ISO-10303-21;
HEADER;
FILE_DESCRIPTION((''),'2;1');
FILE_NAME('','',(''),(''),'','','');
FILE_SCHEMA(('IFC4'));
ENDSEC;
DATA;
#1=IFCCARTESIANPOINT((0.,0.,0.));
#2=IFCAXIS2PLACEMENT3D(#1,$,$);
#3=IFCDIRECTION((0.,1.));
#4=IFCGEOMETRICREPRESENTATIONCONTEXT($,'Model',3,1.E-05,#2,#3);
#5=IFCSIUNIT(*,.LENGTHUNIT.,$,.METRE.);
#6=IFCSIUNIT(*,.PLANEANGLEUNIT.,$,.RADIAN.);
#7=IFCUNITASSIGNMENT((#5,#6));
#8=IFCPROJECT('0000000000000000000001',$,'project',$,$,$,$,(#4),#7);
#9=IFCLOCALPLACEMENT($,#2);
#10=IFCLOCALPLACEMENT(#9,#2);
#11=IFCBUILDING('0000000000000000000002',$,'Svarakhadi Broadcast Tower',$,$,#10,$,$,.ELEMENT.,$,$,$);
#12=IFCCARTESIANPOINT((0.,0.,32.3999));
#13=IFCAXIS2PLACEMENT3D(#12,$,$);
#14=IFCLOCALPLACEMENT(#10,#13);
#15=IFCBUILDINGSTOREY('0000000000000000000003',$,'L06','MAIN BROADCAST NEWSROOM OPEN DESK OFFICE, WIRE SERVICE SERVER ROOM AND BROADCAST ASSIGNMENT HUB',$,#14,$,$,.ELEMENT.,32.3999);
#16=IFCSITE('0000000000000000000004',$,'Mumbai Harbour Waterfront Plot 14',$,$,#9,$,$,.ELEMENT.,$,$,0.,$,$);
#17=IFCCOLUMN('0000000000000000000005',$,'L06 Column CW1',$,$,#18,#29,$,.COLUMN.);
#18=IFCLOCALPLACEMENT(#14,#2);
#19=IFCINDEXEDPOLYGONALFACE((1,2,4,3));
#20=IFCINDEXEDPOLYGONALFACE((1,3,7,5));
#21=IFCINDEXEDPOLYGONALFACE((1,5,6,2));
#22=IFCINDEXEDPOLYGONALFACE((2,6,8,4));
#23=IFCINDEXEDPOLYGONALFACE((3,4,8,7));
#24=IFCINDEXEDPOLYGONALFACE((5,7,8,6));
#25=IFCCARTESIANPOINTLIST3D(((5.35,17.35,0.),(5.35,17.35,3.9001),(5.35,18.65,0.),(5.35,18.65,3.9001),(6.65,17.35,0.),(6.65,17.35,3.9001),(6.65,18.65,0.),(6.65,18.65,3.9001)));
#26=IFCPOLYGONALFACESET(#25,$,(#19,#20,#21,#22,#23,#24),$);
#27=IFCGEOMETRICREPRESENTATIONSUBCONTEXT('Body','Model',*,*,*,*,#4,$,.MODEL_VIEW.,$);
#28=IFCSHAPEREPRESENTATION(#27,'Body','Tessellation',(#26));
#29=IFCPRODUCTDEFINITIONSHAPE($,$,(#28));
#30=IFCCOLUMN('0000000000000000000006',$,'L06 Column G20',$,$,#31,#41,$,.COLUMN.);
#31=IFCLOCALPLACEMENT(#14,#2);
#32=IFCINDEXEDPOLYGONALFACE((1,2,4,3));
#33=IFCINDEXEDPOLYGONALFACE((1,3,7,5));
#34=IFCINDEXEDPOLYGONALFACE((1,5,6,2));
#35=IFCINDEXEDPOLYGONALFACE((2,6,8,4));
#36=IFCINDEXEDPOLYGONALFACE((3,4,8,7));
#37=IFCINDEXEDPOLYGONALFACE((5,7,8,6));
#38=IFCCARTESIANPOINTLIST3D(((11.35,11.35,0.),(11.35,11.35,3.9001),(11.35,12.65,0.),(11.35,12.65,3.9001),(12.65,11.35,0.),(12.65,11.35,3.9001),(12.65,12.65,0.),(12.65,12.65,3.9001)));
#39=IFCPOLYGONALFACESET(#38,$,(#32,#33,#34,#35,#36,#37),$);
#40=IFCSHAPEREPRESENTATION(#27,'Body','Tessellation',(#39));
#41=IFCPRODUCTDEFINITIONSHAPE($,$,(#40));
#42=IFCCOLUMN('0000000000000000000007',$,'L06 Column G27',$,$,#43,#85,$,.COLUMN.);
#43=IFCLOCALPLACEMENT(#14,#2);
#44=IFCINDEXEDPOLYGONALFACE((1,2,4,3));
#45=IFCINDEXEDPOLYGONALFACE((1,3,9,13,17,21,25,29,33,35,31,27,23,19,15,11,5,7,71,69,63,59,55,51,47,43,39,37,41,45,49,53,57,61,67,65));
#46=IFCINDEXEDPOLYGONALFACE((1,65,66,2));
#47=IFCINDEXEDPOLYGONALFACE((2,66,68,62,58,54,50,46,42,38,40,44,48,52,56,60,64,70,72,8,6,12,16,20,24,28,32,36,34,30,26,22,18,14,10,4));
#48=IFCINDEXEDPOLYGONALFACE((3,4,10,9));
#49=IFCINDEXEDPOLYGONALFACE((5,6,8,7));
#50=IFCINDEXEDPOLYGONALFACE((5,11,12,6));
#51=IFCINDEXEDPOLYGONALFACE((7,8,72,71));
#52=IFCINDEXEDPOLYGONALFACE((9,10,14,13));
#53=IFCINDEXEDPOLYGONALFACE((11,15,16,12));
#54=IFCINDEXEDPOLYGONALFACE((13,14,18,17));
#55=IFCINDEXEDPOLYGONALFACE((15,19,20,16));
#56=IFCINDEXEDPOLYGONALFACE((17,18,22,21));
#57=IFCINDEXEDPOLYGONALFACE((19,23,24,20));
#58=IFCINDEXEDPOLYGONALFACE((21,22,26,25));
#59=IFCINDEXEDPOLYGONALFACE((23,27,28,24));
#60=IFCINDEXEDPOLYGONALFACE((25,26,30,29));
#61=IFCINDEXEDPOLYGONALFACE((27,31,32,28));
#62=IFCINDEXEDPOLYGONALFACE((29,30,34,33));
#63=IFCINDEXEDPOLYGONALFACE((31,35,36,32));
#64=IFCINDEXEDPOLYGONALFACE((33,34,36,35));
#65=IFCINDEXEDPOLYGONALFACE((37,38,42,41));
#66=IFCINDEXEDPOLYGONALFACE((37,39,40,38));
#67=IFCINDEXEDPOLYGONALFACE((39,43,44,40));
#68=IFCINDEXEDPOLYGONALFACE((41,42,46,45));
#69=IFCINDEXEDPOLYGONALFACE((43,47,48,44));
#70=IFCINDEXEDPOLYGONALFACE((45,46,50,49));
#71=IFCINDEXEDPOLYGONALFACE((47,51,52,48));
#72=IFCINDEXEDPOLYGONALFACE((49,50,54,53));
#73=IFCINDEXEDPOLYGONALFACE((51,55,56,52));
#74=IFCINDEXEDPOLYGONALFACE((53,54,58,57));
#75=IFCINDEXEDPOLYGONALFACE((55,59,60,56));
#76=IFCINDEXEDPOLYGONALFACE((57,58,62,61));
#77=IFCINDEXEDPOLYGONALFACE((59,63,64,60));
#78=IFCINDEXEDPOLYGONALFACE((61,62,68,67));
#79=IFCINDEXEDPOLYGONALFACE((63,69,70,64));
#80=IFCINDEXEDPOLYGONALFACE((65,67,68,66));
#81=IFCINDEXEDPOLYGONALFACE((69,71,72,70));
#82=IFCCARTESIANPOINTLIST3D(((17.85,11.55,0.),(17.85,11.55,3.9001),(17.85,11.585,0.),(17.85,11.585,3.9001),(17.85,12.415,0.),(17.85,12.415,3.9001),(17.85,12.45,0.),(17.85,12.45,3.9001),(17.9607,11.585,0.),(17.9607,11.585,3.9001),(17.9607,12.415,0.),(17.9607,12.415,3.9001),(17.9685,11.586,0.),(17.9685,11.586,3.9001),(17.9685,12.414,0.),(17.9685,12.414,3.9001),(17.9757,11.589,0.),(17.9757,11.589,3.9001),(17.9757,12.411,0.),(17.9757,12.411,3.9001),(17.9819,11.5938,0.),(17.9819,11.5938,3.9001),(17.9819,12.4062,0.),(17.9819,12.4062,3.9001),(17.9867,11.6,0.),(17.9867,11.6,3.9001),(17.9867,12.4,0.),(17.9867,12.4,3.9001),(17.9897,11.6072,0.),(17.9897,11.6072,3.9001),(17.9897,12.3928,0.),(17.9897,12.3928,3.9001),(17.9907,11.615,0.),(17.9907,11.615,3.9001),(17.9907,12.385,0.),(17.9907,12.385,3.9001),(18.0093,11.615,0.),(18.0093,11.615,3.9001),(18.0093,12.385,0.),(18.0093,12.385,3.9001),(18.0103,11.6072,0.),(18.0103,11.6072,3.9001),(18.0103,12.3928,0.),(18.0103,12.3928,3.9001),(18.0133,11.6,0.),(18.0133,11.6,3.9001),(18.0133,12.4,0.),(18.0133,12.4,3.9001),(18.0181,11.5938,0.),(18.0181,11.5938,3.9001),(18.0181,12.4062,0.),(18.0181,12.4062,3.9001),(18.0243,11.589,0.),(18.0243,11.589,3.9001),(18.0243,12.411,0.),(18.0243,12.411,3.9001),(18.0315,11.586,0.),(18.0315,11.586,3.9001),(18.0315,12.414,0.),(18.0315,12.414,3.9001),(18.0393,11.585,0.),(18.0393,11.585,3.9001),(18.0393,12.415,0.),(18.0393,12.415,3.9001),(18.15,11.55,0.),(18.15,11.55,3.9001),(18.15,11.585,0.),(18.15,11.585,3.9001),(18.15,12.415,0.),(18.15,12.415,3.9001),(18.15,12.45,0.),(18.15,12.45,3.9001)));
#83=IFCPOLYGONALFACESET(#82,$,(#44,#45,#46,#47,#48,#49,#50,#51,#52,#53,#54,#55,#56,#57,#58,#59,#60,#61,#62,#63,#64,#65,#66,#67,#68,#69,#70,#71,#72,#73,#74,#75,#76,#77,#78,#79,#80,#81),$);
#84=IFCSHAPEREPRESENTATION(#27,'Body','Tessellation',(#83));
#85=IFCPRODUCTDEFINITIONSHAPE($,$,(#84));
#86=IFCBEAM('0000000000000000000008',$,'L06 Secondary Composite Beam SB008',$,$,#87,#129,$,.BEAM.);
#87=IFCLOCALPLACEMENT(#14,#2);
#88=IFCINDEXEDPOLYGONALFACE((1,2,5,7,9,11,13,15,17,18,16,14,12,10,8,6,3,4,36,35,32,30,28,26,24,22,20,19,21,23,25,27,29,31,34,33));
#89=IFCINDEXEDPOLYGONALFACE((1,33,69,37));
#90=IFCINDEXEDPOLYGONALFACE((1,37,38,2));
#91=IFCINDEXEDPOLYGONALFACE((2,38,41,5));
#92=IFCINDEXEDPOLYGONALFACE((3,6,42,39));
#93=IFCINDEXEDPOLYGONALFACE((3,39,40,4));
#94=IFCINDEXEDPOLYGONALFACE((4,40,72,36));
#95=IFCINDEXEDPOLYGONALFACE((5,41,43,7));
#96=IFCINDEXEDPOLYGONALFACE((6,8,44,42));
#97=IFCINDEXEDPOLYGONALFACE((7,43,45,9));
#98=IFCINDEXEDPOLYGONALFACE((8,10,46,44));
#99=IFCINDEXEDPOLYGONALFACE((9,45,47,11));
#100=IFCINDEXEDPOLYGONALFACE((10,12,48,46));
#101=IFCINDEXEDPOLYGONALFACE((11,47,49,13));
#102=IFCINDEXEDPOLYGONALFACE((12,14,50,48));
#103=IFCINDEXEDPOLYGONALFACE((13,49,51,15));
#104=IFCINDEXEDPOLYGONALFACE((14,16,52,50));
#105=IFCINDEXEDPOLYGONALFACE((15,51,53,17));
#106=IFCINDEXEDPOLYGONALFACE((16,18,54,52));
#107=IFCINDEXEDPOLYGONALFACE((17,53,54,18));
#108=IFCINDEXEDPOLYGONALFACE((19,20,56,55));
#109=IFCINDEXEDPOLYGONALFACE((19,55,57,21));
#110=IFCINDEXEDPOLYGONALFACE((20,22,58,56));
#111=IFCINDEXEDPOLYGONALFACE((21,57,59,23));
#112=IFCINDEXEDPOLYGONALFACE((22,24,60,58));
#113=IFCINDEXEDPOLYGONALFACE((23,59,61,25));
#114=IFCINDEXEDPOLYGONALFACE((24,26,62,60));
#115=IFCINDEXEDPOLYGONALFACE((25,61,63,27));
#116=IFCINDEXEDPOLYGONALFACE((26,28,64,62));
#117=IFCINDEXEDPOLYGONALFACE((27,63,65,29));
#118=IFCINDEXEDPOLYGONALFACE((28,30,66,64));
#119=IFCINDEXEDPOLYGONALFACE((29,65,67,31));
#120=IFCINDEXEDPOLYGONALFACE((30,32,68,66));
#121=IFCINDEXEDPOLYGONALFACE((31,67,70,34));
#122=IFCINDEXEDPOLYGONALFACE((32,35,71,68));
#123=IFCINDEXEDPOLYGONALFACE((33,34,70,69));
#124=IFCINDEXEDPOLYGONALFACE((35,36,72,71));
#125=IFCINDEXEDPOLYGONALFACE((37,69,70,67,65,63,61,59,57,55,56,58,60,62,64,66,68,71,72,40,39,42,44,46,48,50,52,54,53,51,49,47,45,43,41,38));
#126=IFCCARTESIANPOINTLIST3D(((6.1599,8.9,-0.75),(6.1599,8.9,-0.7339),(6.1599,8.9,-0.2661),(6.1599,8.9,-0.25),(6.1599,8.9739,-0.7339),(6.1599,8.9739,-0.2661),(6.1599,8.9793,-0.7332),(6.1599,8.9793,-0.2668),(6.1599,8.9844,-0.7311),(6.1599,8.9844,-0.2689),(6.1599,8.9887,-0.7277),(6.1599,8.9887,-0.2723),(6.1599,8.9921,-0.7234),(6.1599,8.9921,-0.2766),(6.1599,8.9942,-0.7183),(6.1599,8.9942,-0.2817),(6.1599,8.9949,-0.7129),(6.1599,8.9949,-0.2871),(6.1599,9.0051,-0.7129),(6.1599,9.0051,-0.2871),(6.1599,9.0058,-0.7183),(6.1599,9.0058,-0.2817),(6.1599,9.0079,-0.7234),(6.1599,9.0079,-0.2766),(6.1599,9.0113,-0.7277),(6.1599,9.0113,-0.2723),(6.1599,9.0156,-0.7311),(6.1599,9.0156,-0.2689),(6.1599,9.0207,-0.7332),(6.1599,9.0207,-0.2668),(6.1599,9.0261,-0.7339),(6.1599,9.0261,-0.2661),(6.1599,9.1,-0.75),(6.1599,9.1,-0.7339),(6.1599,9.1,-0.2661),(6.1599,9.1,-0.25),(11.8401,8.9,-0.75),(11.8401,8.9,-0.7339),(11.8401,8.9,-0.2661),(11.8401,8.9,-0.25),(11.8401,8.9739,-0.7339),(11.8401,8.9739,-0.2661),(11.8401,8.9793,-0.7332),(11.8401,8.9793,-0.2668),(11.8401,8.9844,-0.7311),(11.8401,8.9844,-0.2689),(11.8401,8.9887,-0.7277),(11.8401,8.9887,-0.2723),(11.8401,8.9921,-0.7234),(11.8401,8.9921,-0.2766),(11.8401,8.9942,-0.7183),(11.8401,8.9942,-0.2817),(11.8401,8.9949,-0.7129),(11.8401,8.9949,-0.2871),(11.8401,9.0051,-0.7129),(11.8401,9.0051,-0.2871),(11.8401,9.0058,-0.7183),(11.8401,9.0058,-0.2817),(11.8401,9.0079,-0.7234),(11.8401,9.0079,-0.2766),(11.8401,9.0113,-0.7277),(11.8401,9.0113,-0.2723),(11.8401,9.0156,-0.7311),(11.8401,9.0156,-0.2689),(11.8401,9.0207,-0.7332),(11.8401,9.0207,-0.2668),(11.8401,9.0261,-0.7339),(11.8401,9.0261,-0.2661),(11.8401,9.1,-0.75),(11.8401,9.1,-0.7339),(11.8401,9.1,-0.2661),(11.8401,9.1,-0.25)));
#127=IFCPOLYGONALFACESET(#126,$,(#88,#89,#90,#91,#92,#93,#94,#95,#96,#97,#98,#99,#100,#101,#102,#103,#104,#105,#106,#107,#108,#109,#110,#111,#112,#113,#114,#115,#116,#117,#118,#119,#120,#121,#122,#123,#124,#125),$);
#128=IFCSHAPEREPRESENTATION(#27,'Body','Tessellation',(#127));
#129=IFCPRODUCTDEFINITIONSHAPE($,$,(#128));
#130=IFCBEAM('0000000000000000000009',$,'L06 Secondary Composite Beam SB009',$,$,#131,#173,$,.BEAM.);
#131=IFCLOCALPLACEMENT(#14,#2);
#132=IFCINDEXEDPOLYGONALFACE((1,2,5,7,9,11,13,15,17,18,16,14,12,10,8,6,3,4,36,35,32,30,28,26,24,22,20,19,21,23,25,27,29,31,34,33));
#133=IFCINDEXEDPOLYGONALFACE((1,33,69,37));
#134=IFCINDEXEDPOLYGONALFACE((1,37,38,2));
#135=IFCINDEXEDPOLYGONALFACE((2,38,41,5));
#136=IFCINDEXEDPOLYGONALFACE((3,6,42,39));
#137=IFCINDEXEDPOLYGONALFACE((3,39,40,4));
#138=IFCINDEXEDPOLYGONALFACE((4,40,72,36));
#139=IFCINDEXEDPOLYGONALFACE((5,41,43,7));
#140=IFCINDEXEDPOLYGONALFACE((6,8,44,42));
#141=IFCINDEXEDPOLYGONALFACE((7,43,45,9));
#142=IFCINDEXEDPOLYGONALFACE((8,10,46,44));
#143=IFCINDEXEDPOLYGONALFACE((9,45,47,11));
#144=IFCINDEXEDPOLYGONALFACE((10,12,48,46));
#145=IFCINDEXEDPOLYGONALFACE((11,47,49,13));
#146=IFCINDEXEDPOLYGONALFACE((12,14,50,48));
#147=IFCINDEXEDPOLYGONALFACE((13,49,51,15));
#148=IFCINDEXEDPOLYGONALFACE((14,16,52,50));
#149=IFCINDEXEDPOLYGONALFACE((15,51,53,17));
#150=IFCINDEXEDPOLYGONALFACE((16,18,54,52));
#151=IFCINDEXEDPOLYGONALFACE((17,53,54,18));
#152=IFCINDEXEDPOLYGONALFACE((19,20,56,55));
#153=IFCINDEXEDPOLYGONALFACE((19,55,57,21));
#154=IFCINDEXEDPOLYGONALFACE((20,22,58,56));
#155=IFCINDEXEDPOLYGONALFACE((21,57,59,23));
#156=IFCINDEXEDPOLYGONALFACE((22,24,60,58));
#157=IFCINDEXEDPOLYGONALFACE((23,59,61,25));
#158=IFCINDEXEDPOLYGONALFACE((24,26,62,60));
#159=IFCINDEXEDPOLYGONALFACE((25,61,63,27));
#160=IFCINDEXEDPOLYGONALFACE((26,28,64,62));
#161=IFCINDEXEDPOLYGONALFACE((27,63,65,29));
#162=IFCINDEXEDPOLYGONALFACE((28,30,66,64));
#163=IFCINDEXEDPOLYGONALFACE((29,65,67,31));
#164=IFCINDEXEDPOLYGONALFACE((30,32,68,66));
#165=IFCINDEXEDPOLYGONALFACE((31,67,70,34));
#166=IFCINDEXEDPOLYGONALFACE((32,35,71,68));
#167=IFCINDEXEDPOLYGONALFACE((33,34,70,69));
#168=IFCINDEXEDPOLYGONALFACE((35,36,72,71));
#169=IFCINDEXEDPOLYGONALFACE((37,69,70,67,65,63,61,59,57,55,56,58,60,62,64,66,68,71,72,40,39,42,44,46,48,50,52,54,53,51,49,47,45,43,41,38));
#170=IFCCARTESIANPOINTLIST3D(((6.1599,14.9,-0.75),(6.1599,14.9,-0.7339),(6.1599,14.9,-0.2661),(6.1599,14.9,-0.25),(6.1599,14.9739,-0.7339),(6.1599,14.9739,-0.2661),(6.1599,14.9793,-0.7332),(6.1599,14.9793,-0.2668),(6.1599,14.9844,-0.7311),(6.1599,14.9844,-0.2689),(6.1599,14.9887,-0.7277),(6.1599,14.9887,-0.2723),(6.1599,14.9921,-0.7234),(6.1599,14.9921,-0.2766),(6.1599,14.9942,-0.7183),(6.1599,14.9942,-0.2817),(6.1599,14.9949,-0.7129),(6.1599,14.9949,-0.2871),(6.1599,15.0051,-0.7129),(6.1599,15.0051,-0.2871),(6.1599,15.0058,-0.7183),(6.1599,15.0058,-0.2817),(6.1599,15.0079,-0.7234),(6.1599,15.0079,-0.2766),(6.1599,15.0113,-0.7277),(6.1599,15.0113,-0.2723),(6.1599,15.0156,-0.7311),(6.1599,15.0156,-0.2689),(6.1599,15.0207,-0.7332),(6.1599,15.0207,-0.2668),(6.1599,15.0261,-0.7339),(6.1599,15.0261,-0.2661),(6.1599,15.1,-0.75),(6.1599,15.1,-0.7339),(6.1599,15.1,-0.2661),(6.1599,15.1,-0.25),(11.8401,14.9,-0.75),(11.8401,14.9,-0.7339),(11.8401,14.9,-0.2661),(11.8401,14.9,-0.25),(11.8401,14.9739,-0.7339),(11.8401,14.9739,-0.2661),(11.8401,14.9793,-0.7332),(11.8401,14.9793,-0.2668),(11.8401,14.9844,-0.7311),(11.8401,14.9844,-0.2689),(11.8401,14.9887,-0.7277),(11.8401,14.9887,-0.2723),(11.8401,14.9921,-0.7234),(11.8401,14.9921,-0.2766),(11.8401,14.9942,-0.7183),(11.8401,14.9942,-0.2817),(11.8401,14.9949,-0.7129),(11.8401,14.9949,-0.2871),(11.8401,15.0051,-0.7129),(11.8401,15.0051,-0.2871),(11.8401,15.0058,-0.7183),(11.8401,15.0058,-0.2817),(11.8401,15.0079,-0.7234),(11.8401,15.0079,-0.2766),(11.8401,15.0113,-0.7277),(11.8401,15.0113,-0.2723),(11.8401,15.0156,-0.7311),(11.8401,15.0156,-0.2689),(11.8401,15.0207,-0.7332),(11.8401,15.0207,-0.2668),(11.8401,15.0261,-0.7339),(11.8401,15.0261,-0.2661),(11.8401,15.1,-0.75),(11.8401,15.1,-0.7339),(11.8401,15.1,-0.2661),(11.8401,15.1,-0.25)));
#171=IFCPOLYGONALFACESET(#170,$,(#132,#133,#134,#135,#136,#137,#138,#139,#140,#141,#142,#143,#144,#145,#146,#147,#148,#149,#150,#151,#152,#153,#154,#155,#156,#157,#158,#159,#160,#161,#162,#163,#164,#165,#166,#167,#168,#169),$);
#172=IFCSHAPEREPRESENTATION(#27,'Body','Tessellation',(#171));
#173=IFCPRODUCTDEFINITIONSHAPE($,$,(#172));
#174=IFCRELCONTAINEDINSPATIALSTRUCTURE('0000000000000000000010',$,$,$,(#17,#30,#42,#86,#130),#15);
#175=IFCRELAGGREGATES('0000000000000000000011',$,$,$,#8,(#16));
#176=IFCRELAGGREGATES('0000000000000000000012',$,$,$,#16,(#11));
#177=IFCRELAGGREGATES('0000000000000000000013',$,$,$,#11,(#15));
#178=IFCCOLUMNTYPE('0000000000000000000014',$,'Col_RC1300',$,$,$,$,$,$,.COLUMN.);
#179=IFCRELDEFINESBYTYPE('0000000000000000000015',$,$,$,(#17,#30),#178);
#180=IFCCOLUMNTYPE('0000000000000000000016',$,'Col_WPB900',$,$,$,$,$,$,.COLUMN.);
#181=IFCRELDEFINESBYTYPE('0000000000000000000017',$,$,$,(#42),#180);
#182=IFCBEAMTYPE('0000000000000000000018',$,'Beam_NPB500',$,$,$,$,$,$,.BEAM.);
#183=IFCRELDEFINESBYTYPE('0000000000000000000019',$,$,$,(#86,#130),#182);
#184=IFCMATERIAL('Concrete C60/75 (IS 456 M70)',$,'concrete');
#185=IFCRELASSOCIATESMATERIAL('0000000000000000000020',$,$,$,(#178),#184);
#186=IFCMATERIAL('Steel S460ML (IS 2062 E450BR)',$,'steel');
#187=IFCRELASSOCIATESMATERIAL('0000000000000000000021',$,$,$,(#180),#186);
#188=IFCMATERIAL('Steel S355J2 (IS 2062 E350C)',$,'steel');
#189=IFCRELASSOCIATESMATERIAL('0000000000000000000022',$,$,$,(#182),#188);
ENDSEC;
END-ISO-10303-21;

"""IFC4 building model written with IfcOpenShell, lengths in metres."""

from ifc_helpers import new_model, si_unit, direction, frame, origin, origin_2d, place, context, subcontext, project, spatial, rectangle, i_section, extrude, material, material_profile, profile_set, type_object, element, save


model = new_model("IFC4")

# Units and contexts
model_context = context("Model", 3, precision=1e-05, world=origin(), true_north=direction((0.0, 1.0)))
body_context = subcontext(model_context, "Body", "Model", "MODEL_VIEW")
ifc_project = project(units=[si_unit("LENGTHUNIT", "METRE"), si_unit("PLANEANGLEUNIT", "RADIAN")], contexts=[model_context])

# Site, building, storey
site_placement = place(None, origin())
site = spatial("IfcSite", under=ifc_project, at=site_placement, Name="Mumbai Harbour Waterfront Plot 14", CompositionType="ELEMENT", RefElevation=0.0)
building_placement = place(site_placement, origin())
building = spatial("IfcBuilding", under=site, at=building_placement, Name="Svarakhadi Broadcast Tower", CompositionType="ELEMENT")
storey_placement = place(building_placement, frame((0.0, 0.0, 32.3999)))
storey = spatial("IfcBuildingStorey", under=building, at=storey_placement, Name="L06", Description="MAIN BROADCAST NEWSROOM OPEN DESK OFFICE, WIRE SERVICE SERVER ROOM AND BROADCAST ASSIGNMENT HUB", CompositionType="ELEMENT", Elevation=32.3999)

# Columns
ifc_material_1 = material(Name="Concrete C60/75 (IS 456 M70)", Category="concrete")
ifc_material_profile_1 = material_profile(ifc_material_1, rectangle(XDim=1.3, YDim=1.3, at=origin_2d()), Name="RC 1300x1300")
ifc_profile_set_1 = profile_set([ifc_material_profile_1], Name="Concrete C60/75 (IS 456 M70)")
column_type_1 = type_object("IfcColumnType", Name="Col_RC1300", PredefinedType="COLUMN", material=ifc_profile_set_1)
for number, where, z_axis, x_axis, name in (
    (1, (6.0, 18.0, 0.0), (0.0, 0.0, 1.0), (1.0, 0.0, 0.0), "L06 Column CW1"),
    (2, (12.0, 12.0, 0.0), (0.0, 0.0, 1.0), (1.0, 0.0, 0.0), "L06 Column G20"),
):
    element("IfcColumn", number, at=place(storey_placement, frame(where, z_axis=z_axis, x_axis=x_axis)), inside=storey, type_object=column_type_1, Name=name, PredefinedType="COLUMN", context=body_context, shape_type="SweptSolid", body=[
        extrude(rectangle(XDim=1.3, YDim=1.3, at=origin_2d()), origin(), (0.0, 0.0, 1.0), 3.9001),
    ])
ifc_material_2 = material(Name="Steel S460ML (IS 2062 E450BR)", Category="steel")
ifc_material_profile_2 = material_profile(ifc_material_2, i_section(OverallWidth=0.3, OverallDepth=0.8999, WebThickness=0.0186, FlangeThickness=0.0349, FilletRadius=0.03, at=origin_2d()), Name="WPB 900x300x291")
ifc_profile_set_2 = profile_set([ifc_material_profile_2], Name="Steel S460ML (IS 2062 E450BR)")
column_type_2 = type_object("IfcColumnType", Name="Col_WPB900", PredefinedType="COLUMN", material=ifc_profile_set_2)
column_placement = place(storey_placement, frame((18.0, 12.0, 0.0), z_axis=(0.0, 0.0, 1.0), x_axis=(1.0, 0.0, 0.0)))
element("IfcColumn", 3, at=column_placement, inside=storey, type_object=column_type_2, Name="L06 Column G27", PredefinedType="COLUMN", context=body_context, shape_type="SweptSolid", body=[
    extrude(i_section(OverallWidth=0.3, OverallDepth=0.8999, WebThickness=0.0186, FlangeThickness=0.0349, FilletRadius=0.03, at=origin_2d()), origin(), (0.0, 0.0, 1.0), 3.9001),
])

# Beams
ifc_material_3 = material(Name="Steel S355J2 (IS 2062 E350C)", Category="steel")
ifc_material_profile_3 = material_profile(ifc_material_3, i_section(OverallWidth=0.2, OverallDepth=0.5, WebThickness=0.0103, FlangeThickness=0.0161, FilletRadius=0.021, at=origin_2d()), Name="NPB 500x200x91")
ifc_profile_set_3 = profile_set([ifc_material_profile_3], Name="Steel S355J2 (IS 2062 E350C)")
beam_type_1 = type_object("IfcBeamType", Name="Beam_NPB500", PredefinedType="BEAM", material=ifc_profile_set_3)
for number, where, z_axis, x_axis, name in (
    (4, (6.1599, 9.0, -0.5), (1.0, 0.0, 0.0), (0.0, 1.0, 0.0), "L06 Secondary Composite Beam SB008"),
    (5, (6.1599, 15.0, -0.5), (1.0, 0.0, 0.0), (0.0, 1.0, 0.0), "L06 Secondary Composite Beam SB009"),
):
    element("IfcBeam", number, at=place(storey_placement, frame(where, z_axis=z_axis, x_axis=x_axis)), inside=storey, type_object=beam_type_1, Name=name, PredefinedType="BEAM", context=body_context, shape_type="SweptSolid", body=[
        extrude(i_section(OverallWidth=0.2, OverallDepth=0.5, WebThickness=0.0103, FlangeThickness=0.0161, FilletRadius=0.021, at=origin_2d()), origin(), (0.0, 0.0, 1.0), 5.6802),
    ])

save(model, "model.ifc")
